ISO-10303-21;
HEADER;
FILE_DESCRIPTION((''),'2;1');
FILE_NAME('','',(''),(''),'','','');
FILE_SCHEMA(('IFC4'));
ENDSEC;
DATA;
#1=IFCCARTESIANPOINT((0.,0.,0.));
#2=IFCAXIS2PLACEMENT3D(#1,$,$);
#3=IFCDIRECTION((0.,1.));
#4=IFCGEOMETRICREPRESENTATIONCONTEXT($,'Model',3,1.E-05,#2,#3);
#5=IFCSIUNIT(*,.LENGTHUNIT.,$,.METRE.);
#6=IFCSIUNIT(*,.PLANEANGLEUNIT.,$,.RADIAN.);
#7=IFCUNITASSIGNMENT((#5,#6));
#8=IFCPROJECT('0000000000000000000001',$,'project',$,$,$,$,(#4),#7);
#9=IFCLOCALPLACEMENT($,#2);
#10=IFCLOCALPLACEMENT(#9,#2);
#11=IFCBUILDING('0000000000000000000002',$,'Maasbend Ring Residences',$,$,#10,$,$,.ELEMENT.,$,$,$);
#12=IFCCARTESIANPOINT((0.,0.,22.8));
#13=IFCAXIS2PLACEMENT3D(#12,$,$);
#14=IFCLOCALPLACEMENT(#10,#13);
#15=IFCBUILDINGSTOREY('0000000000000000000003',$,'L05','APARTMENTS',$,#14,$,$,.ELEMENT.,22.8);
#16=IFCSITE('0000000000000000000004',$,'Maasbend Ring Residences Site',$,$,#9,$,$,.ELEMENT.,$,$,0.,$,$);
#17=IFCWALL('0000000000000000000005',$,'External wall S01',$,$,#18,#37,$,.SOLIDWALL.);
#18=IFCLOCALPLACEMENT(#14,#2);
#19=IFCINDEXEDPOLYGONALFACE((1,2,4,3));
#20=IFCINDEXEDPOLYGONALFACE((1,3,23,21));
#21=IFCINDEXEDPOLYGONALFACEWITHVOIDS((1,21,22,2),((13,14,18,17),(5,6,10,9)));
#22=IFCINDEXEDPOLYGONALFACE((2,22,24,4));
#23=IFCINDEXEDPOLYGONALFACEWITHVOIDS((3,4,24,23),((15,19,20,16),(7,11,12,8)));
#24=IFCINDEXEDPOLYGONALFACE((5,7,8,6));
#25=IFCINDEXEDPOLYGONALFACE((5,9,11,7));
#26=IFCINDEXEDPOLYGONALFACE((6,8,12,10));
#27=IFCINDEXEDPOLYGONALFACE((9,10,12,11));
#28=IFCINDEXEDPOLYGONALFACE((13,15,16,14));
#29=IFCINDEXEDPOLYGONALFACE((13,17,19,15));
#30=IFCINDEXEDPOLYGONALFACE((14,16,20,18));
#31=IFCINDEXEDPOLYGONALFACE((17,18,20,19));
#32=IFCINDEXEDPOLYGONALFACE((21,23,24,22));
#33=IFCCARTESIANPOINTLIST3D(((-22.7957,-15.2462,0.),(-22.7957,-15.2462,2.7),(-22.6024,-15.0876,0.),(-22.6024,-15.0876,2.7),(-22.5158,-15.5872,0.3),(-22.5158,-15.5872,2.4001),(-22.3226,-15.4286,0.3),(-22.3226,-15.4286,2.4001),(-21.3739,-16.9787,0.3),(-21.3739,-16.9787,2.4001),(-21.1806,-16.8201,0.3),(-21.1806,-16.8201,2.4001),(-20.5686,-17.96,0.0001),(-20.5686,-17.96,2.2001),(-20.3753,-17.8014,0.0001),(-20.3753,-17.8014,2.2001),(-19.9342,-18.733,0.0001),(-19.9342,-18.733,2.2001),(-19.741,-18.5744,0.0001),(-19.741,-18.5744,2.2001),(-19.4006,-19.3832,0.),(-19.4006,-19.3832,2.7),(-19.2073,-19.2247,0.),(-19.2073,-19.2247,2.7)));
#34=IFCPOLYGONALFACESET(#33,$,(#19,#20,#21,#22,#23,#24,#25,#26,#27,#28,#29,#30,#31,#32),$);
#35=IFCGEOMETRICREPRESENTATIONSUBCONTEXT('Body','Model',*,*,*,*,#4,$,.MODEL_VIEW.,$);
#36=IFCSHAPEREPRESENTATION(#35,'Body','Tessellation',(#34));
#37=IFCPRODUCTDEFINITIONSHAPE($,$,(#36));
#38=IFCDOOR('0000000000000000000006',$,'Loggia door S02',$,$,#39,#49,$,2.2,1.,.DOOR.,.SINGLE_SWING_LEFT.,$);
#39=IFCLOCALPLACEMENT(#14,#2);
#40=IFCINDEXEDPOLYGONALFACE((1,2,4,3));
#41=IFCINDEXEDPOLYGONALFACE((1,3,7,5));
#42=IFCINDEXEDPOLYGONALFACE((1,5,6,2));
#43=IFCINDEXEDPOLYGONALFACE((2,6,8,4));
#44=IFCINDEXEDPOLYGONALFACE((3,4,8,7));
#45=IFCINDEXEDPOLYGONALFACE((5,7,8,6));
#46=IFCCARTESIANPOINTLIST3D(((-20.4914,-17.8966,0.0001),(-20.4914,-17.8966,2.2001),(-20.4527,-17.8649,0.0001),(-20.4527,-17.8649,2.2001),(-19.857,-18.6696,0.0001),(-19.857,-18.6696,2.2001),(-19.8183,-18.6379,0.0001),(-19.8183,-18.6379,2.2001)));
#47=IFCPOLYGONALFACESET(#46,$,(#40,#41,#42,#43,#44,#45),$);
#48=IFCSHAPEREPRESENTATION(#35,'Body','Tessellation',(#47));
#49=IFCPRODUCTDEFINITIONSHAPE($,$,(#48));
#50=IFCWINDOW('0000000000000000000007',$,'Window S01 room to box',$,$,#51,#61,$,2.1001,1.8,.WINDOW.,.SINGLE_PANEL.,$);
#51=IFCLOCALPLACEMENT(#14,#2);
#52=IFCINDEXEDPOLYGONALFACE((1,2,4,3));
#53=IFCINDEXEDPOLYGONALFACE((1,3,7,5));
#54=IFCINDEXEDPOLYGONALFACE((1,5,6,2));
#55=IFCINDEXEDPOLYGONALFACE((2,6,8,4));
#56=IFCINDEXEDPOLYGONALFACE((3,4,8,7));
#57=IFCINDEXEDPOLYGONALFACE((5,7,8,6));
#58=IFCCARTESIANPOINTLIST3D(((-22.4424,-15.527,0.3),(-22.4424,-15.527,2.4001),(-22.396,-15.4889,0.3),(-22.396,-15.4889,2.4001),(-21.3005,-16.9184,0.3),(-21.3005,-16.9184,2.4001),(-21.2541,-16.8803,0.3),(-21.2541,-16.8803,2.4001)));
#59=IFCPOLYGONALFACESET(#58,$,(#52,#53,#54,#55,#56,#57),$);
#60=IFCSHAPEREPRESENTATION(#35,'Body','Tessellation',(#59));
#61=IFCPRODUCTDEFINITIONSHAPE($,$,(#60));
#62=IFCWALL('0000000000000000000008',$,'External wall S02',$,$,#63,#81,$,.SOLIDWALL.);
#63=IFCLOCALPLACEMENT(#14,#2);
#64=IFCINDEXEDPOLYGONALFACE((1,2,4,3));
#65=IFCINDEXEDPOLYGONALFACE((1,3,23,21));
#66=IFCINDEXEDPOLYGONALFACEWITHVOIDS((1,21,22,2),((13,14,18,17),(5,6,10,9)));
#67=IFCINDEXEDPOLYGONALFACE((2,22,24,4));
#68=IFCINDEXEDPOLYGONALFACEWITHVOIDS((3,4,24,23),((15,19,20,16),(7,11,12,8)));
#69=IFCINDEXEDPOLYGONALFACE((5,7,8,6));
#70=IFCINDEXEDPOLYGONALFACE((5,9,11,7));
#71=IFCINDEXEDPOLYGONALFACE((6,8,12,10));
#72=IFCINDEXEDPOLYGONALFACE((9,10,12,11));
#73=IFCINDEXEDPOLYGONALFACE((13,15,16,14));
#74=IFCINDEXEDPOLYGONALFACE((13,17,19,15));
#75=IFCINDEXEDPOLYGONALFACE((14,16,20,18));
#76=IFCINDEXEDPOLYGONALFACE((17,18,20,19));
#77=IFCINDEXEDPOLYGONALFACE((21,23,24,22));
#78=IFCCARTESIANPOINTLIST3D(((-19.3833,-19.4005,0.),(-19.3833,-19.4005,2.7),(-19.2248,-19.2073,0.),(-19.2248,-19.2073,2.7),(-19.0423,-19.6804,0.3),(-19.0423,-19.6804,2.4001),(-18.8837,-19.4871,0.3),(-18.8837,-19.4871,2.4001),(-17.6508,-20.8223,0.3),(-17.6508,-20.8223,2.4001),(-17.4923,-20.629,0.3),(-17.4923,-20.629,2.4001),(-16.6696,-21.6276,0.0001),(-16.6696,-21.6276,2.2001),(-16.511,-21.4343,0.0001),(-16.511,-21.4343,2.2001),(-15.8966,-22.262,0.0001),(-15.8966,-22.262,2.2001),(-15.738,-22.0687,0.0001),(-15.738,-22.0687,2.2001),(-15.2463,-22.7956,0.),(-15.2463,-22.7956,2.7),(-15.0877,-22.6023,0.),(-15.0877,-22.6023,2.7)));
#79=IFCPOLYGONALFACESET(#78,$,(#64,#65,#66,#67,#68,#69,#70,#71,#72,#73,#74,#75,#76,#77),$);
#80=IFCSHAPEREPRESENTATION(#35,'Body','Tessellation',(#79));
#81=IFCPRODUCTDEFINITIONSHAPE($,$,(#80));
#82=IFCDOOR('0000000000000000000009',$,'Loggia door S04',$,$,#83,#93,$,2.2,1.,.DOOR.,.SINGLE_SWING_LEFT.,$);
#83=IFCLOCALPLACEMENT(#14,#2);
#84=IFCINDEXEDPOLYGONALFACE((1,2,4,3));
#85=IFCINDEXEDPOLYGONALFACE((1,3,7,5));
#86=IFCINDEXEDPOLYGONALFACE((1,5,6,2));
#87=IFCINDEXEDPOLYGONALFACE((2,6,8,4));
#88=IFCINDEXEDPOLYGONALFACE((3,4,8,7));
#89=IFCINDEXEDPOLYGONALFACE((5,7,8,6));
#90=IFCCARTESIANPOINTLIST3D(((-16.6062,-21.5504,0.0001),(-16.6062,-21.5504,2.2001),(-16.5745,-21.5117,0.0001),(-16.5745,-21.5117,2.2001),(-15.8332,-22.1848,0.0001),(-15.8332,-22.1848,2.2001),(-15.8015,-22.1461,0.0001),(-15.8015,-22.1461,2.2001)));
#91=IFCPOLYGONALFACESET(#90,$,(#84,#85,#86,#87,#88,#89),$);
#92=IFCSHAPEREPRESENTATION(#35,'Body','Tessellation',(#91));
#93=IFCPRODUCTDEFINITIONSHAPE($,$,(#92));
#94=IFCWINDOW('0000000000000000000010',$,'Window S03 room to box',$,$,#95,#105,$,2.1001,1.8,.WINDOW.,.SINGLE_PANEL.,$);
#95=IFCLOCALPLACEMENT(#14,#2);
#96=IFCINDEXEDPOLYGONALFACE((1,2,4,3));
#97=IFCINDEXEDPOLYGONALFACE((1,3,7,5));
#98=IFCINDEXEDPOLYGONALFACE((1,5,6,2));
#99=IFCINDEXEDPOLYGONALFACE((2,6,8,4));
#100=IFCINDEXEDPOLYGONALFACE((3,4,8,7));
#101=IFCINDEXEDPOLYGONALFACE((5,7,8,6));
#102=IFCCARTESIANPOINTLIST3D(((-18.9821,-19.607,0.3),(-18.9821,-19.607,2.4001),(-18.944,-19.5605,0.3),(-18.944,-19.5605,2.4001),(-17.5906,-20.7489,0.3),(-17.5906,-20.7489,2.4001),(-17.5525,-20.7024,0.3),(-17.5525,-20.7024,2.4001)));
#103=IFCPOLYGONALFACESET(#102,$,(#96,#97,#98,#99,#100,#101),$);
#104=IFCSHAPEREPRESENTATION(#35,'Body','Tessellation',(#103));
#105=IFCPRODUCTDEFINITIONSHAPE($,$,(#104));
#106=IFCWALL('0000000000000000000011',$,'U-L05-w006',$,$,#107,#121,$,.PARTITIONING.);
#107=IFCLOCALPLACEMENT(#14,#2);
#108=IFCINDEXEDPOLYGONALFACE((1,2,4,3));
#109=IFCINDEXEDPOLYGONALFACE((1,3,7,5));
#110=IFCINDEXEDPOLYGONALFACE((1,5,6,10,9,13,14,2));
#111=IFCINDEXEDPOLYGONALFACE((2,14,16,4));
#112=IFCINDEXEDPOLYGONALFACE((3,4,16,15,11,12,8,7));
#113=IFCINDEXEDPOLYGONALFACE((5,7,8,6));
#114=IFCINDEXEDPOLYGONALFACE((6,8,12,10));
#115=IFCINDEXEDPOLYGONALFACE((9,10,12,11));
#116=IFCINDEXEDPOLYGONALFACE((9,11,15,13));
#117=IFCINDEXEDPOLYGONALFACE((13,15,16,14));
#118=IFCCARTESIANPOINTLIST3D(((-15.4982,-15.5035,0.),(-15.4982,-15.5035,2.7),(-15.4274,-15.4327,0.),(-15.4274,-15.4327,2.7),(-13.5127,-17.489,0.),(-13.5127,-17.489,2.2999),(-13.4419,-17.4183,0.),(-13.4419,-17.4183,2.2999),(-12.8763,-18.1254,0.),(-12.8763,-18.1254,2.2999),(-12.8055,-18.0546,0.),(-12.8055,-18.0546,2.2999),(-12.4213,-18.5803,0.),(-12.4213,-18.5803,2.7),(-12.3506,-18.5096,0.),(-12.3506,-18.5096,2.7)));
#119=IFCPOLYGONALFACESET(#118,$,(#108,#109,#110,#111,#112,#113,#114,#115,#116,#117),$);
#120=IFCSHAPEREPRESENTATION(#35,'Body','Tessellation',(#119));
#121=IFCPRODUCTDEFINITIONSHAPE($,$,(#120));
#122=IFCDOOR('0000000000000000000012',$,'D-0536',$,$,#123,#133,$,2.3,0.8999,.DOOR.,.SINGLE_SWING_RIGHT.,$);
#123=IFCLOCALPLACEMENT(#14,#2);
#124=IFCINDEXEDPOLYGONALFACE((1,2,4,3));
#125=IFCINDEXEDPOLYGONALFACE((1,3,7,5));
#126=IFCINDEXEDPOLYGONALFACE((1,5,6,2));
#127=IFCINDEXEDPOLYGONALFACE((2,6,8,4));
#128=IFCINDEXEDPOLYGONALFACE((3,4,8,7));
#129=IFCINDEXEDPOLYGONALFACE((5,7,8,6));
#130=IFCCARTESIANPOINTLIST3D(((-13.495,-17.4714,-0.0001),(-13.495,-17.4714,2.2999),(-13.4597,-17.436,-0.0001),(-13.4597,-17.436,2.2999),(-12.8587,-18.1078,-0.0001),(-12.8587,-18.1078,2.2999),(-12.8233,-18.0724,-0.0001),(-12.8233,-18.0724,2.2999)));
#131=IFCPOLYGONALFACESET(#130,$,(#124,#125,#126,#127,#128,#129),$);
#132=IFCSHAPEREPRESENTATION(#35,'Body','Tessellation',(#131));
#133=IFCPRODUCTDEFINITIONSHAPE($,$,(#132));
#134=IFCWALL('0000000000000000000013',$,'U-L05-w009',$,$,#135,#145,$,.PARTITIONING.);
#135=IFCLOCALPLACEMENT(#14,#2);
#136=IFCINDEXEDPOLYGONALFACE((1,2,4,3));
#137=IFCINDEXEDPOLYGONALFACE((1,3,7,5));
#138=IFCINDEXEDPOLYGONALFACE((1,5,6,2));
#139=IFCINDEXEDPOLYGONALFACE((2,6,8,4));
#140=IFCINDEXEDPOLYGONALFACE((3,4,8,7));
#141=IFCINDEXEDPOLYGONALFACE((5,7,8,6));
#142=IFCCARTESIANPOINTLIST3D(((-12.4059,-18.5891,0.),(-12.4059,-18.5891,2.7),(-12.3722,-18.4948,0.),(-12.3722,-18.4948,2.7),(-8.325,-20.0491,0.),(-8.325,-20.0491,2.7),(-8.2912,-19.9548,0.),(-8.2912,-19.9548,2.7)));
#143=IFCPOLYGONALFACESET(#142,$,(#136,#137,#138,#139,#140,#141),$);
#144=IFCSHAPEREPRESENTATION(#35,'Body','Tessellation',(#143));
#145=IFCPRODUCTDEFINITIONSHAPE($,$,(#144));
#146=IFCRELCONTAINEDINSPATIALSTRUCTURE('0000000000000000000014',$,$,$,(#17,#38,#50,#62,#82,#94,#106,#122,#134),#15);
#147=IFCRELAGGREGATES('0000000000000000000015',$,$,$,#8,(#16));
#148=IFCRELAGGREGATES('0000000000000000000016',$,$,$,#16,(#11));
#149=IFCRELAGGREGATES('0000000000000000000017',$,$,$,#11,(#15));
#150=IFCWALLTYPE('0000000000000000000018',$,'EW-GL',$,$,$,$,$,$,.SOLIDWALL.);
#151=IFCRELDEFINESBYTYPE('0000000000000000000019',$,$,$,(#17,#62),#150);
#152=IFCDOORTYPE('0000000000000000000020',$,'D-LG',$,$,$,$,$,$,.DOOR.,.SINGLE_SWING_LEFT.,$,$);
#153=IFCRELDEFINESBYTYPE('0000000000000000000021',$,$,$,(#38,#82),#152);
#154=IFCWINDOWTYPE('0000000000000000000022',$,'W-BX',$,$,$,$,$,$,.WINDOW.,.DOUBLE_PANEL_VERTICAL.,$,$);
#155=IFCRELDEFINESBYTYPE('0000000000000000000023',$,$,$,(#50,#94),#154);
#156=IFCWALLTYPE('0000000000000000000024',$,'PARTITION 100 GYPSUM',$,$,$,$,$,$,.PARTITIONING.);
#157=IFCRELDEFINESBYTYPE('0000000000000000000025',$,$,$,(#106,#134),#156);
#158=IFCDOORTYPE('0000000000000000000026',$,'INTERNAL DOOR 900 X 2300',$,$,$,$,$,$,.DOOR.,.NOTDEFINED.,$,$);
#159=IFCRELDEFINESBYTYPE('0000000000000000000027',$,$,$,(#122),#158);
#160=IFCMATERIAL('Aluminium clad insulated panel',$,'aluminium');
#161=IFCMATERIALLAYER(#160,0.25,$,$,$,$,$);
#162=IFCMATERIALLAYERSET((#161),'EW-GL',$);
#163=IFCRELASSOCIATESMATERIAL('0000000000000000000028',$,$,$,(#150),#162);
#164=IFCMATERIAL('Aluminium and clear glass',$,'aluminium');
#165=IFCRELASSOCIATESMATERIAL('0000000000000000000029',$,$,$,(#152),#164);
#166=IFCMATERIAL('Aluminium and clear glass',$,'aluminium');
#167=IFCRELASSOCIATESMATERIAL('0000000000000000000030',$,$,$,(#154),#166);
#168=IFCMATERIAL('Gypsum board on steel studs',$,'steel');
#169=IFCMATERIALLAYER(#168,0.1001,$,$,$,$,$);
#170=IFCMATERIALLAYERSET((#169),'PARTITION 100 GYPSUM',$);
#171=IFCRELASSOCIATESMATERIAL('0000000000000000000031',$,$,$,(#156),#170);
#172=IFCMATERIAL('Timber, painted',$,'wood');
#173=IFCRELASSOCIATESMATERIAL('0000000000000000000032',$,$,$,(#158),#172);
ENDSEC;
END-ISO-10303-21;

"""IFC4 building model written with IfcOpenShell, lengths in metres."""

from ifc_helpers import new_model, si_unit, direction, frame, frame_2d, origin, place, context, subcontext, project, spatial, rectangle, extrude, material, layer, layer_set, type_object, element, fill, save


model = new_model("IFC4")

# Units and contexts
model_context = context("Model", 3, precision=1e-05, world=origin(), true_north=direction((0.0, 1.0)))
body_context = subcontext(model_context, "Body", "Model", "MODEL_VIEW")
ifc_project = project(units=[si_unit("LENGTHUNIT", "METRE"), si_unit("PLANEANGLEUNIT", "RADIAN")], contexts=[model_context])

# Site, building, storey
site_placement = place(None, origin())
site = spatial("IfcSite", under=ifc_project, at=site_placement, Name="Maasbend Ring Residences Site", CompositionType="ELEMENT", RefElevation=0.0)
building_placement = place(site_placement, origin())
building = spatial("IfcBuilding", under=site, at=building_placement, Name="Maasbend Ring Residences", CompositionType="ELEMENT")
storey_placement = place(building_placement, frame((0.0, 0.0, 22.8)))
storey = spatial("IfcBuildingStorey", under=building, at=storey_placement, Name="L05", Description="APARTMENTS", CompositionType="ELEMENT", Elevation=22.8)

# Walls, openings, doors, windows
ifc_material_1 = material(Name="Aluminium clad insulated panel", Category="aluminium")
ifc_layer_1 = layer(ifc_material_1, 0.25)
ifc_layer_set_1 = layer_set([ifc_layer_1], Name="EW-GL")
wall_type_1 = type_object("IfcWallType", Name="EW-GL", PredefinedType="SOLIDWALL", material=ifc_layer_set_1)
wall_1_placement = place(storey_placement, frame((-22.699, -15.167, 0.0), z_axis=(0.0, 0.0, 1.0), x_axis=(0.634382, -0.773019, 0.0)))
wall_1 = element("IfcWall", 1, at=wall_1_placement, inside=storey, type_object=wall_type_1, Name="External wall S01", PredefinedType="SOLIDWALL", context=body_context, shape_type="SweptSolid", body=[
    extrude(rectangle(XDim=5.3518, YDim=0.25, at=frame_2d((2.6758, 0.0))), origin(), (0.0, 0.0, 1.0), 2.7),
])
opening_1_placement = place(wall_1_placement, frame((0.4412, 0.0, 0.3)))
opening_1 = element("IfcOpeningElement", 2, at=opening_1_placement, cuts=wall_1, PredefinedType="OPENING", context=body_context, shape_type="SweptSolid", body=[
    extrude(rectangle(XDim=1.8, YDim=2.1001, at=frame_2d((0.8999, 1.05))), frame((0.0, 0.135, 0.0), z_axis=(0.0, -1.0, 0.0), x_axis=(1.0, 0.0, 0.0)), (0.0, 0.0, 1.0), 0.27),
])
opening_2_placement = place(wall_1_placement, frame((3.5105, 0.0, 0.0)))
opening_2 = element("IfcOpeningElement", 3, at=opening_2_placement, cuts=wall_1, PredefinedType="OPENING", context=body_context, shape_type="SweptSolid", body=[
    extrude(rectangle(XDim=1.0, YDim=2.2, at=frame_2d((0.5, 1.1001))), frame((0.0, 0.135, 0.0), z_axis=(0.0, -1.0, 0.0), x_axis=(1.0, 0.0, 0.0)), (0.0, 0.0, 1.0), 0.27),
])
ifc_material_2 = material(Name="Aluminium and clear glass", Category="aluminium")
door_type_1 = type_object("IfcDoorType", Name="D-LG", OperationType="SINGLE_SWING_LEFT", PredefinedType="DOOR", material=ifc_material_2)
door_1_placement = place(opening_2_placement, origin())
door_1 = element("IfcDoor", 4, at=door_1_placement, inside=storey, type_object=door_type_1, Name="Loggia door S02", OperationType="SINGLE_SWING_LEFT", OverallHeight=2.2, OverallWidth=1.0, PredefinedType="DOOR", context=body_context, shape_type="SweptSolid", body=[
    extrude(rectangle(XDim=1.0, YDim=2.2, at=frame_2d((0.5, 1.1001))), frame((0.0, 0.0249, 0.0), z_axis=(0.0, -1.0, 0.0), x_axis=(1.0, 0.0, 0.0)), (0.0, 0.0, 1.0), 0.05),
])
fill(opening_2, door_1)
ifc_material_3 = material(Name="Aluminium and clear glass", Category="aluminium")
window_type_1 = type_object("IfcWindowType", Name="W-BX", PartitioningType="DOUBLE_PANEL_VERTICAL", PredefinedType="WINDOW", material=ifc_material_3)
window_1_placement = place(opening_1_placement, origin())
window_1 = element("IfcWindow", 5, at=window_1_placement, inside=storey, type_object=window_type_1, Name="Window S01 room to box", OverallHeight=2.1001, OverallWidth=1.8, PartitioningType="SINGLE_PANEL", PredefinedType="WINDOW", context=body_context, shape_type="SweptSolid", body=[
    extrude(rectangle(XDim=1.8, YDim=2.1001, at=frame_2d((0.8999, 1.05))), frame((0.0, 0.03, 0.0), z_axis=(0.0, -1.0, 0.0), x_axis=(1.0, 0.0, 0.0)), (0.0, 0.0, 1.0), 0.0601),
])
fill(opening_1, window_1)
wall_2_placement = place(storey_placement, frame((-19.304, -19.304, 0.0), z_axis=(0.0, 0.0, 1.0), x_axis=(0.773019, -0.634382, 0.0)))
wall_2 = element("IfcWall", 6, at=wall_2_placement, inside=storey, type_object=wall_type_1, Name="External wall S02", PredefinedType="SOLIDWALL", context=body_context, shape_type="SweptSolid", body=[
    extrude(rectangle(XDim=5.3518, YDim=0.25, at=frame_2d((2.6758, 0.0))), origin(), (0.0, 0.0, 1.0), 2.7),
])
opening_3_placement = place(wall_2_placement, frame((0.4412, 0.0, 0.3)))
opening_3 = element("IfcOpeningElement", 7, at=opening_3_placement, cuts=wall_2, PredefinedType="OPENING", context=body_context, shape_type="SweptSolid", body=[
    extrude(rectangle(XDim=1.8, YDim=2.1001, at=frame_2d((0.8999, 1.05))), frame((0.0, 0.135, 0.0), z_axis=(0.0, -1.0, 0.0), x_axis=(1.0, 0.0, 0.0)), (0.0, 0.0, 1.0), 0.27),
])
opening_4_placement = place(wall_2_placement, frame((3.5105, 0.0, 0.0)))
opening_4 = element("IfcOpeningElement", 8, at=opening_4_placement, cuts=wall_2, PredefinedType="OPENING", context=body_context, shape_type="SweptSolid", body=[
    extrude(rectangle(XDim=1.0, YDim=2.2, at=frame_2d((0.5, 1.1001))), frame((0.0, 0.135, 0.0), z_axis=(0.0, -1.0, 0.0), x_axis=(1.0, 0.0, 0.0)), (0.0, 0.0, 1.0), 0.27),
])
door_2_placement = place(opening_4_placement, origin())
door_2 = element("IfcDoor", 9, at=door_2_placement, inside=storey, type_object=door_type_1, Name="Loggia door S04", OperationType="SINGLE_SWING_LEFT", OverallHeight=2.2, OverallWidth=1.0, PredefinedType="DOOR", context=body_context, shape_type="SweptSolid", body=[
    extrude(rectangle(XDim=1.0, YDim=2.2, at=frame_2d((0.5, 1.1001))), frame((0.0, 0.0249, 0.0), z_axis=(0.0, -1.0, 0.0), x_axis=(1.0, 0.0, 0.0)), (0.0, 0.0, 1.0), 0.05),
])
fill(opening_4, door_2)
window_2_placement = place(opening_3_placement, origin())
window_2 = element("IfcWindow", 10, at=window_2_placement, inside=storey, type_object=window_type_1, Name="Window S03 room to box", OverallHeight=2.1001, OverallWidth=1.8, PartitioningType="SINGLE_PANEL", PredefinedType="WINDOW", context=body_context, shape_type="SweptSolid", body=[
    extrude(rectangle(XDim=1.8, YDim=2.1001, at=frame_2d((0.8999, 1.05))), frame((0.0, 0.03, 0.0), z_axis=(0.0, -1.0, 0.0), x_axis=(1.0, 0.0, 0.0)), (0.0, 0.0, 1.0), 0.0601),
])
fill(opening_3, window_2)

# Wall, opening, door
ifc_material_4 = material(Name="Gypsum board on steel studs", Category="steel")
ifc_layer_2 = layer(ifc_material_4, 0.1001)
ifc_layer_set_2 = layer_set([ifc_layer_2], Name="PARTITION 100 GYPSUM")
wall_type_2 = type_object("IfcWallType", Name="PARTITION 100 GYPSUM", PredefinedType="PARTITIONING", material=ifc_layer_set_2)
wall_3_placement = place(storey_placement, frame((-15.4629, -15.468, 0.0), z_axis=(0.0, 0.0, 1.0), x_axis=(0.707107, -0.707107, 0.0)))
wall_3 = element("IfcWall", 11, at=wall_3_placement, inside=storey, type_object=wall_type_2, Name="U-L05-w006", PredefinedType="PARTITIONING", context=body_context, shape_type="SweptSolid", body=[
    extrude(rectangle(XDim=4.3513, YDim=0.1001, at=frame_2d((2.1758, 0.0))), origin(), (0.0, 0.0, 1.0), 2.7),
])
opening_5_placement = place(wall_3_placement, frame((2.8081, 0.0, 0.0)))
opening_5 = element("IfcOpeningElement", 12, at=opening_5_placement, cuts=wall_3, PredefinedType="OPENING", context=body_context, shape_type="SweptSolid", body=[
    extrude(rectangle(XDim=0.8999, YDim=2.3, at=frame_2d((0.45, 1.1499))), frame((0.0, 0.0601, 0.0), z_axis=(0.0, -1.0, 0.0), x_axis=(1.0, 0.0, 0.0)), (0.0, 0.0, 1.0), 0.1201),
])
ifc_material_5 = material(Name="Timber, painted", Category="wood")
door_type_2 = type_object("IfcDoorType", Name="INTERNAL DOOR 900 X 2300", OperationType="NOTDEFINED", PredefinedType="DOOR", material=ifc_material_5)
door_3_placement = place(opening_5_placement, origin())
door_3 = element("IfcDoor", 13, at=door_3_placement, inside=storey, type_object=door_type_2, Name="D-0536", OperationType="SINGLE_SWING_RIGHT", OverallHeight=2.3, OverallWidth=0.8999, PredefinedType="DOOR", context=body_context, shape_type="SweptSolid", body=[
    extrude(rectangle(XDim=0.8999, YDim=2.3, at=frame_2d((0.45, 1.1499))), frame((0.0, 0.0249, 0.0), z_axis=(0.0, -1.0, 0.0), x_axis=(1.0, 0.0, 0.0)), (0.0, 0.0, 1.0), 0.05),
])
fill(opening_5, door_3)

# Wall
wall_4_placement = place(storey_placement, frame((-12.3889, -18.542, 0.0), z_axis=(0.0, 0.0, 1.0), x_axis=(0.941557, -0.336854, 0.0)))
element("IfcWall", 14, at=wall_4_placement, inside=storey, type_object=wall_type_2, Name="U-L05-w009", PredefinedType="PARTITIONING", context=body_context, shape_type="SweptSolid", body=[
    extrude(rectangle(XDim=4.3342, YDim=0.1001, at=frame_2d((2.167, 0.0))), origin(), (0.0, 0.0, 1.0), 2.7),
])

save(model, "model.ifc")
